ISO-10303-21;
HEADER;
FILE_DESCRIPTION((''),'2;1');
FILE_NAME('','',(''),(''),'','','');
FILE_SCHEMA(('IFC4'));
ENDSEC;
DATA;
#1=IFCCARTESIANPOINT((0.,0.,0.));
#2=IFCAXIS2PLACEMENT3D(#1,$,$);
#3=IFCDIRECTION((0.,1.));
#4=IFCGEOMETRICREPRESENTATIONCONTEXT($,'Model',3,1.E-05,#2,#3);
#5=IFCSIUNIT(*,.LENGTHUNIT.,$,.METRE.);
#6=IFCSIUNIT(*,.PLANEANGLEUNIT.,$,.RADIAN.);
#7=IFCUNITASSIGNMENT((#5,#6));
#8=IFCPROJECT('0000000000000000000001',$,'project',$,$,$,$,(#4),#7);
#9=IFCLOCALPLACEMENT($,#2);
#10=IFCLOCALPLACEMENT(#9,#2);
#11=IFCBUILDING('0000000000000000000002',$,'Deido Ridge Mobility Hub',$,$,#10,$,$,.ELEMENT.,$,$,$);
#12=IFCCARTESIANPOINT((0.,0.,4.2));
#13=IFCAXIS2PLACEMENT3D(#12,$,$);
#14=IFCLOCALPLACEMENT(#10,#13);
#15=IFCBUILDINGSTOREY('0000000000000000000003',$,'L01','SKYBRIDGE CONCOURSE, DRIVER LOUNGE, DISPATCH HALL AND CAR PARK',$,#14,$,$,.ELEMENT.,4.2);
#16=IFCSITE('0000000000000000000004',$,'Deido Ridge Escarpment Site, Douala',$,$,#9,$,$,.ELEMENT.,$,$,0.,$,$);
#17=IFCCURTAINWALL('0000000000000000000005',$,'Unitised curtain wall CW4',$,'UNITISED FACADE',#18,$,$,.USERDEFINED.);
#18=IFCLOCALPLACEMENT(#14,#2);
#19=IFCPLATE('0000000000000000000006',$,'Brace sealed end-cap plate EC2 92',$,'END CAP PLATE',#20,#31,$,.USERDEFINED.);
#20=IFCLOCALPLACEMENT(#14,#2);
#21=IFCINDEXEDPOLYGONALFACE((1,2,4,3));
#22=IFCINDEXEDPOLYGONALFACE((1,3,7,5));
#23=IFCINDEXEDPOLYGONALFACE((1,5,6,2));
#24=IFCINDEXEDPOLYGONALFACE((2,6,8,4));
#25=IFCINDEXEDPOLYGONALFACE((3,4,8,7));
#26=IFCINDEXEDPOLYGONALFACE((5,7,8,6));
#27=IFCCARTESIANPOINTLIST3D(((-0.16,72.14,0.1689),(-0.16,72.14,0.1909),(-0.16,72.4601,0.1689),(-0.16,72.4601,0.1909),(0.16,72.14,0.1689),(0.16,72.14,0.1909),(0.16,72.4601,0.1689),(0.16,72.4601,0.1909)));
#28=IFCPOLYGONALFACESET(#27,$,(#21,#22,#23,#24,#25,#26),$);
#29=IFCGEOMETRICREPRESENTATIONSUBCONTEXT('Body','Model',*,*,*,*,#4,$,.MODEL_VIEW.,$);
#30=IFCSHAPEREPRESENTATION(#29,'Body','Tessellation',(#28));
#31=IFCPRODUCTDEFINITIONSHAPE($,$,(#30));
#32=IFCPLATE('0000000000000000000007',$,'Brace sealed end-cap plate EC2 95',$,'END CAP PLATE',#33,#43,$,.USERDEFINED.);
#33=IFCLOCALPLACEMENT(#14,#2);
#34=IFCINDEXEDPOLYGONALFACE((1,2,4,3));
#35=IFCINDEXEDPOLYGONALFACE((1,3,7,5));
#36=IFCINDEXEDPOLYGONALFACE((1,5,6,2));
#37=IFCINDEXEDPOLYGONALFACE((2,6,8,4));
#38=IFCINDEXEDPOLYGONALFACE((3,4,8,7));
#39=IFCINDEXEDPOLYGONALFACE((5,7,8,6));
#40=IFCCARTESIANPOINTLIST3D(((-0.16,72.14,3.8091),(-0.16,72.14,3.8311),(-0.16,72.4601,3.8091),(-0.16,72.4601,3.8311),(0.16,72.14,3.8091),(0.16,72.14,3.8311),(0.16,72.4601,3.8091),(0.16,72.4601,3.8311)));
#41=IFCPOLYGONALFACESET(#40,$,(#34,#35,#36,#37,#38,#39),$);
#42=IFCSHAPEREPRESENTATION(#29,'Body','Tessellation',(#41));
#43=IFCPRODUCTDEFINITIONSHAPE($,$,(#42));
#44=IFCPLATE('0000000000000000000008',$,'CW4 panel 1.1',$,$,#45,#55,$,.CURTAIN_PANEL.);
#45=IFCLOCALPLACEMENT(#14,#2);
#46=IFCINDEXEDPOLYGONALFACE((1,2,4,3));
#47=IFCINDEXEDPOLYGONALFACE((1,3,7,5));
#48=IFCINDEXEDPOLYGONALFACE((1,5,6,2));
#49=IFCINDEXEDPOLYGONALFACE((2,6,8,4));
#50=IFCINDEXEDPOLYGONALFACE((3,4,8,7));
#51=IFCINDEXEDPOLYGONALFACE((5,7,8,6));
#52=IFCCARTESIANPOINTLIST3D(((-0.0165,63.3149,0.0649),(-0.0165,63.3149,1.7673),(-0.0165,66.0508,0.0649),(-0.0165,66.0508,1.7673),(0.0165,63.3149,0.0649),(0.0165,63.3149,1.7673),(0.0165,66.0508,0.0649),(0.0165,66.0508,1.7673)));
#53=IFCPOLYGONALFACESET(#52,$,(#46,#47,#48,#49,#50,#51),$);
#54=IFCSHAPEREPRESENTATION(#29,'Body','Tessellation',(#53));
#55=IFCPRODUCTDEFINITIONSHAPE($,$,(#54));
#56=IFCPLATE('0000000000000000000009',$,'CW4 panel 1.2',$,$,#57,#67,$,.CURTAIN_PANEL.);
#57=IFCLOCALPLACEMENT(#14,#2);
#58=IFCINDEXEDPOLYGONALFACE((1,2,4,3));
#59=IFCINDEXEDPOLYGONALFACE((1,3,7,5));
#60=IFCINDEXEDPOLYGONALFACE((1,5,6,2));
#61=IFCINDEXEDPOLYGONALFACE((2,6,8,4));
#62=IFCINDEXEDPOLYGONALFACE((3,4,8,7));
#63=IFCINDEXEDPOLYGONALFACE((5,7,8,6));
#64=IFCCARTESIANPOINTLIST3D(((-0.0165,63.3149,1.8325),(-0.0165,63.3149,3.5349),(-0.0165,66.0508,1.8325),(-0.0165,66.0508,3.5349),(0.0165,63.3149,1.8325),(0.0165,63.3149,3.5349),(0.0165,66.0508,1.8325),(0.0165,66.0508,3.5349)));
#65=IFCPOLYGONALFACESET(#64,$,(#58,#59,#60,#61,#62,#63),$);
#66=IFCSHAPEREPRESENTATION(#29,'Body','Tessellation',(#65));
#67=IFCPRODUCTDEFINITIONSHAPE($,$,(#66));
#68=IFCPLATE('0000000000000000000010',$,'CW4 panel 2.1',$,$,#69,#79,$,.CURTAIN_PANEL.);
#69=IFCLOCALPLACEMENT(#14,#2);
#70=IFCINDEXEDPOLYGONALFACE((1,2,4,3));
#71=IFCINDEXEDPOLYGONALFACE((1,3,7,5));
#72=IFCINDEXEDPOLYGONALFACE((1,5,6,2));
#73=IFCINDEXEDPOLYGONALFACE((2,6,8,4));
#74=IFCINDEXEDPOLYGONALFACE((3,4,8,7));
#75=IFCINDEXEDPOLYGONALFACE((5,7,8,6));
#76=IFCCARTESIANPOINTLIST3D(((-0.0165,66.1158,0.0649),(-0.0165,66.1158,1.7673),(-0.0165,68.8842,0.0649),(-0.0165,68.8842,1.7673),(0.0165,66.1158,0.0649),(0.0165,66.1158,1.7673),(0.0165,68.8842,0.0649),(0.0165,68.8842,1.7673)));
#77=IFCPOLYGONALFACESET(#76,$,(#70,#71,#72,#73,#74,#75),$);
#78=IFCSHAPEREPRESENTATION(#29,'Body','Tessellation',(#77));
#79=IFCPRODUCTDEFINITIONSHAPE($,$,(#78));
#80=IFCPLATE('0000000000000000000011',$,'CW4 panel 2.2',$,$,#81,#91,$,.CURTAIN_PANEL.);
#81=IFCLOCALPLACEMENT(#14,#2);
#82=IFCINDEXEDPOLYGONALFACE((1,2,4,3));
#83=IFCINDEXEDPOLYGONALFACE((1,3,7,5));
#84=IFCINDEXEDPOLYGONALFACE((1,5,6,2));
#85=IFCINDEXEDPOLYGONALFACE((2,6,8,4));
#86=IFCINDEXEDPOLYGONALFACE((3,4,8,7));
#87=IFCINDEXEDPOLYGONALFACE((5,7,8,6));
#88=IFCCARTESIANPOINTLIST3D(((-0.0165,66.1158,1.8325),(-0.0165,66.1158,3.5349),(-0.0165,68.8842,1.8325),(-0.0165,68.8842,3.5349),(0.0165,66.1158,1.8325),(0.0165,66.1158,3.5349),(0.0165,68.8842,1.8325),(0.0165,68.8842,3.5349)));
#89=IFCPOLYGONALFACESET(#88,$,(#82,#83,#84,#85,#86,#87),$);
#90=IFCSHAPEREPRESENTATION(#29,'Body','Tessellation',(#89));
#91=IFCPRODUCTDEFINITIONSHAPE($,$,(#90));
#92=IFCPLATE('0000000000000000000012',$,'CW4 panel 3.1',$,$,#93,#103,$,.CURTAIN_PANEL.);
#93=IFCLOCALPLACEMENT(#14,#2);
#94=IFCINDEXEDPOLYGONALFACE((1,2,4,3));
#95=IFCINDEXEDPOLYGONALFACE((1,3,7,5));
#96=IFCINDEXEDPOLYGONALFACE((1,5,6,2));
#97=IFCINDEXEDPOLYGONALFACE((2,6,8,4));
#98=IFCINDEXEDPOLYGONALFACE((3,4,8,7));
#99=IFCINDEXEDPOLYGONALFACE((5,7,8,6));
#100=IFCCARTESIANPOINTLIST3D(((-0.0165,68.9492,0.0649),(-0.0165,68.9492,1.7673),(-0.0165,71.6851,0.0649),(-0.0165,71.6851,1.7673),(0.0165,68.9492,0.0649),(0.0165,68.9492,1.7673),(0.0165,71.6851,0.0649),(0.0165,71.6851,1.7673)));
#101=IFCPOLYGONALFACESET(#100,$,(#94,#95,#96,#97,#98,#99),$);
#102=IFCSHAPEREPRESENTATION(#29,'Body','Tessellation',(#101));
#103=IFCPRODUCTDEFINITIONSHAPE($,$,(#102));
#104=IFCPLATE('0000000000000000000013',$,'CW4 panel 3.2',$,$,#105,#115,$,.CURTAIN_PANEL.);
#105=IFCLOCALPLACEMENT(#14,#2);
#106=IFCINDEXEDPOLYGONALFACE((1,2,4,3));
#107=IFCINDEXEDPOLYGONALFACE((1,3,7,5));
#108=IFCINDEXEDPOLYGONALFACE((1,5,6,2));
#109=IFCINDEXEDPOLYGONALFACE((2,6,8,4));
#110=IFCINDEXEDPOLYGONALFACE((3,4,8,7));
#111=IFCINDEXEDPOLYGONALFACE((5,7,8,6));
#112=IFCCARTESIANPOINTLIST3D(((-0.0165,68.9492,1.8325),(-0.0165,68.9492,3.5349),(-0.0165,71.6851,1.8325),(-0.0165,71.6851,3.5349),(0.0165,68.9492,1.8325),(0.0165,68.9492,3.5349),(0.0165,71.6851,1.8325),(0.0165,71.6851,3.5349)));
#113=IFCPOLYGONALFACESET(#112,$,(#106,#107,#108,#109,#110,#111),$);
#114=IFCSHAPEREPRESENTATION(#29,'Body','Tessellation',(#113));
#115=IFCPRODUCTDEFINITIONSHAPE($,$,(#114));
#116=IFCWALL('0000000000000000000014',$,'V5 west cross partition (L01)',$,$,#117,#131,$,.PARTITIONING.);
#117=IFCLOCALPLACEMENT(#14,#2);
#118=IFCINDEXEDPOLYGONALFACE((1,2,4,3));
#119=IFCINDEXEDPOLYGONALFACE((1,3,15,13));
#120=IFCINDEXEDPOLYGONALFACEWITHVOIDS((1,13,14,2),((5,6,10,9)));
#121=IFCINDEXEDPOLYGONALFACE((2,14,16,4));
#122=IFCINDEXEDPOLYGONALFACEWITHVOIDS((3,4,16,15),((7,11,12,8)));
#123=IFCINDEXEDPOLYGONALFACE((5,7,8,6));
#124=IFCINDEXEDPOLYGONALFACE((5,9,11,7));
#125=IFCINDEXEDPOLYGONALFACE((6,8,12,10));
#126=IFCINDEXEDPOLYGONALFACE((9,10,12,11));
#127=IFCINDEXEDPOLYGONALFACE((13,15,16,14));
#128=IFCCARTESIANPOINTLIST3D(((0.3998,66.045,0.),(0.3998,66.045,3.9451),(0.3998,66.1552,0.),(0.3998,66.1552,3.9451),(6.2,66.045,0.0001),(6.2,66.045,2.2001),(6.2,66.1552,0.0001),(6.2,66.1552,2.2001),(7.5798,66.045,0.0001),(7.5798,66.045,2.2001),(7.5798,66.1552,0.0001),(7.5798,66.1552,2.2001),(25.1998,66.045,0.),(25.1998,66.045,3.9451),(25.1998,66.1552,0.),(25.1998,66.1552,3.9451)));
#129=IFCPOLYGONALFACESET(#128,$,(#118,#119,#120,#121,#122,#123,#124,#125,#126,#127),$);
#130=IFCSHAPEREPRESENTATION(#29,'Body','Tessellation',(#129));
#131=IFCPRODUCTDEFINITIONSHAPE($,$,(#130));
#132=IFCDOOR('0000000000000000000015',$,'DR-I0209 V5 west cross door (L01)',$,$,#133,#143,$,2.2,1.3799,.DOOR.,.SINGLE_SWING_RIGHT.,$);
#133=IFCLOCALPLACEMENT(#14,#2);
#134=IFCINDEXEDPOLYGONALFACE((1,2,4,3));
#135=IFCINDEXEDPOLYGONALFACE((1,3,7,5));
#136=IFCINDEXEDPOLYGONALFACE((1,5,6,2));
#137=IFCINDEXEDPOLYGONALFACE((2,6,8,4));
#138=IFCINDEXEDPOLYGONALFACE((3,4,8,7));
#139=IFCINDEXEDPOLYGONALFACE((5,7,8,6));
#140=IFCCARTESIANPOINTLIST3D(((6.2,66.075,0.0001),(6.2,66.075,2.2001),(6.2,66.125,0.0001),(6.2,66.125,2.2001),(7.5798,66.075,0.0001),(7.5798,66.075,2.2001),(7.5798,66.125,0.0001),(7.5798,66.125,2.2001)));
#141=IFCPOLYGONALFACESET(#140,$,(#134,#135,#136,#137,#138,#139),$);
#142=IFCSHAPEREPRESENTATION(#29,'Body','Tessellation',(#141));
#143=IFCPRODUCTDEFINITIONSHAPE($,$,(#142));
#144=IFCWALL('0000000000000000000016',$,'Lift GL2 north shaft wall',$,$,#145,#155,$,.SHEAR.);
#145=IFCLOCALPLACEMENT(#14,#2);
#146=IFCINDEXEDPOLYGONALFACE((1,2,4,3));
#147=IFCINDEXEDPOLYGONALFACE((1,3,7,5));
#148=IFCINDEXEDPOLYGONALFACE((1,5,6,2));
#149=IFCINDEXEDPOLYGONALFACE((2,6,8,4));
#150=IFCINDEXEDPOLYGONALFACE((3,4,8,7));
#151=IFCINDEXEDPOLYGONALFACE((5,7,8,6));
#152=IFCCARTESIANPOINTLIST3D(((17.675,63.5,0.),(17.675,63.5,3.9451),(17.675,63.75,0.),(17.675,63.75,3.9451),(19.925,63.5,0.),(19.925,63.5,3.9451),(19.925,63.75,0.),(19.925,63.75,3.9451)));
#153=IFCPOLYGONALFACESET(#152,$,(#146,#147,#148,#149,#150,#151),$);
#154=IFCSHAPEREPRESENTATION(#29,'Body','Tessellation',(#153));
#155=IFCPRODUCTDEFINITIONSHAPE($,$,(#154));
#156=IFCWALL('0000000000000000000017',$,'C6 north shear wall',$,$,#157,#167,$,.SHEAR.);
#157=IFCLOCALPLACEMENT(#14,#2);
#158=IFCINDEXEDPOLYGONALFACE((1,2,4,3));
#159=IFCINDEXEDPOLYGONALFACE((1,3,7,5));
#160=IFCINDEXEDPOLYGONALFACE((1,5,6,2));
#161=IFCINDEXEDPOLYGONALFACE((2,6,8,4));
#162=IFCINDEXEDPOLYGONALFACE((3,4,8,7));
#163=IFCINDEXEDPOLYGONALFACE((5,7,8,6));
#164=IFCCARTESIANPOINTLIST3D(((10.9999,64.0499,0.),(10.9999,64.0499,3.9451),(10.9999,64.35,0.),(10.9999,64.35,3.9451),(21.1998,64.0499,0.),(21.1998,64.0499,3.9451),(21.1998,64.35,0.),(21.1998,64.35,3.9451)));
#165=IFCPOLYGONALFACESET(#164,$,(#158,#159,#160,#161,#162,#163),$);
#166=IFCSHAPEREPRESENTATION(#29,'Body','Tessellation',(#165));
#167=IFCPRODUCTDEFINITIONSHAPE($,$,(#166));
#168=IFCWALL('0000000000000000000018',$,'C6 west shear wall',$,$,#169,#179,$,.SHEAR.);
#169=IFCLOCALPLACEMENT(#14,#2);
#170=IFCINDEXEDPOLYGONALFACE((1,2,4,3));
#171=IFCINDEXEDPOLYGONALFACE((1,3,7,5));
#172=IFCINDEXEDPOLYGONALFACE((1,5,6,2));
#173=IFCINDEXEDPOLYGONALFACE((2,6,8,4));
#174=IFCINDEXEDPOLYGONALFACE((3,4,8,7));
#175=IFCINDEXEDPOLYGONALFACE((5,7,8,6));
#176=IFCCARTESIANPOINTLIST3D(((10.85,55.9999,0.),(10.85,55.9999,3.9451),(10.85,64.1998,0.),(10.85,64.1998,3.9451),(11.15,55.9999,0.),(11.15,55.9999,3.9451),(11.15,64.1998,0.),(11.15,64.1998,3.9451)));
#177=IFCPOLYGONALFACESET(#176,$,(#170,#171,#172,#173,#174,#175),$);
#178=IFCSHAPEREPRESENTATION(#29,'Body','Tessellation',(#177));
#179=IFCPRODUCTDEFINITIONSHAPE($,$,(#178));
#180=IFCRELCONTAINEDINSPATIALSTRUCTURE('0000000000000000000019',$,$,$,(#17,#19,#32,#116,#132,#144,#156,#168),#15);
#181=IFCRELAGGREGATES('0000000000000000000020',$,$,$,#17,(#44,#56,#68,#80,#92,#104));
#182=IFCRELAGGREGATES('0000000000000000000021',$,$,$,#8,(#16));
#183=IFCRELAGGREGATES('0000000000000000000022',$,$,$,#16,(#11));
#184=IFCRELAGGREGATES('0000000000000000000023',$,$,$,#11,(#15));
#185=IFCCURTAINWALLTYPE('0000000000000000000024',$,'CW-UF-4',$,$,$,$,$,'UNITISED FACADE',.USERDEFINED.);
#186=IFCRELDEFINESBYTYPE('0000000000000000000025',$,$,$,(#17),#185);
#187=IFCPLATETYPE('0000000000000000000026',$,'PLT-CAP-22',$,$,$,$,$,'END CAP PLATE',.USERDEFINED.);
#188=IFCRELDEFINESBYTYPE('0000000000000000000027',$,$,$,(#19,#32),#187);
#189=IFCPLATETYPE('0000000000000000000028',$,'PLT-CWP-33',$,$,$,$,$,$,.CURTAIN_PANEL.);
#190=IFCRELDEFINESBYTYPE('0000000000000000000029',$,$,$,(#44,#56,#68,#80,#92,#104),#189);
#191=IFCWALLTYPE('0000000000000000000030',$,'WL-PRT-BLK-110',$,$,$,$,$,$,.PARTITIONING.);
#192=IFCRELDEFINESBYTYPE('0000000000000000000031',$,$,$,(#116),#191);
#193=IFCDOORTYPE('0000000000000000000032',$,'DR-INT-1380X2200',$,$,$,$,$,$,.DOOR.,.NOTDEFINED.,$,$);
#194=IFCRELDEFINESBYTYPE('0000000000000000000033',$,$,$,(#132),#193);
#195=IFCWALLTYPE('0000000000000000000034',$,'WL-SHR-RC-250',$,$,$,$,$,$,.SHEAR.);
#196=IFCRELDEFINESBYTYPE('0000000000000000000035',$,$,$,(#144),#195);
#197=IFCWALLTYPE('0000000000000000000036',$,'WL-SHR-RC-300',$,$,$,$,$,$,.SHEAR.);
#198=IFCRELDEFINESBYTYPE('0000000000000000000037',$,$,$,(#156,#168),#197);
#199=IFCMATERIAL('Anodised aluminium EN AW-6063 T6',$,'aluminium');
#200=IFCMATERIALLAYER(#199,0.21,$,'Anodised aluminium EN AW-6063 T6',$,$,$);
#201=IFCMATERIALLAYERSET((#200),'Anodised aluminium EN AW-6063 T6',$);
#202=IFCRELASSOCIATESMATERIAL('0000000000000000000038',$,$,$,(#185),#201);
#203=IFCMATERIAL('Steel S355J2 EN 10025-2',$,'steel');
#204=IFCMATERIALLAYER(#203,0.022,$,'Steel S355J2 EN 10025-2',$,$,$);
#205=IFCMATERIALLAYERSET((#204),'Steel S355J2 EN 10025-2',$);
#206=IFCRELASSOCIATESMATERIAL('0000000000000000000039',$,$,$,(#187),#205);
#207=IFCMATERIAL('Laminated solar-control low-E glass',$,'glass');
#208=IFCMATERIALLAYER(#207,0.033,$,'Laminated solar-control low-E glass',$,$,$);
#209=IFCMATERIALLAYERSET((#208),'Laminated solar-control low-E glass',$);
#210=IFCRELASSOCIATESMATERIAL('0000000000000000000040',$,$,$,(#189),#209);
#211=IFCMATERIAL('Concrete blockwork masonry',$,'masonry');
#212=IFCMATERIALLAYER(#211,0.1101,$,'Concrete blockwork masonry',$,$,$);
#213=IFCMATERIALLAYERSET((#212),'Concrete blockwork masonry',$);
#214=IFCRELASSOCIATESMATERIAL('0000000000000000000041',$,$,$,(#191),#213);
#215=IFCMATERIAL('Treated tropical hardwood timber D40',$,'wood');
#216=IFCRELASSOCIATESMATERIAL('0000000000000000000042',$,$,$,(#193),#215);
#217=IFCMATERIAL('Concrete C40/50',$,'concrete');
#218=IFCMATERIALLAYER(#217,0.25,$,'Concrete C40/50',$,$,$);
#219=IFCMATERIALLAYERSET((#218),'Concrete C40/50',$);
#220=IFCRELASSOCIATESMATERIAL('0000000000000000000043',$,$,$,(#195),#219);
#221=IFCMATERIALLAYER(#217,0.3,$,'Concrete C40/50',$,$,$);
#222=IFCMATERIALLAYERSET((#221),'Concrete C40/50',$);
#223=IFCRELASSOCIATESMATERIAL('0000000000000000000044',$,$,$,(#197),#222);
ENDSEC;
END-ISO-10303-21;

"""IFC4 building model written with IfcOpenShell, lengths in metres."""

from ifc_helpers import new_model, si_unit, direction, frame, frame_2d, origin, origin_2d, place, context, subcontext, project, spatial, rectangle, extrude, material, layer, layer_set, type_object, element, fill, aggregate, save


model = new_model("IFC4")

# Units and contexts
model_context = context("Model", 3, precision=1e-05, world=origin(), true_north=direction((0.0, 1.0)))
body_context = subcontext(model_context, "Body", "Model", "MODEL_VIEW")
ifc_project = project(units=[si_unit("LENGTHUNIT", "METRE"), si_unit("PLANEANGLEUNIT", "RADIAN")], contexts=[model_context])

# Site, building, storey
site_placement = place(None, origin())
site = spatial("IfcSite", under=ifc_project, at=site_placement, Name="Deido Ridge Escarpment Site, Douala", CompositionType="ELEMENT", RefElevation=0.0)
building_placement = place(site_placement, origin())
building = spatial("IfcBuilding", under=site, at=building_placement, Name="Deido Ridge Mobility Hub", CompositionType="ELEMENT")
storey_placement = place(building_placement, frame((0.0, 0.0, 4.2)))
storey = spatial("IfcBuildingStorey", under=building, at=storey_placement, Name="L01", Description="SKYBRIDGE CONCOURSE, DRIVER LOUNGE, DISPATCH HALL AND CAR PARK", CompositionType="ELEMENT", Elevation=4.2)

# Shared definitions
ifc_material_1 = material(Name="Steel S355J2 EN 10025-2", Category="steel")

# Curtain wall
ifc_material_2 = material(Name="Anodised aluminium EN AW-6063 T6", Category="aluminium")
ifc_layer_1 = layer(ifc_material_2, 0.21, Name="Anodised aluminium EN AW-6063 T6")
ifc_layer_set_1 = layer_set([ifc_layer_1], Name="Anodised aluminium EN AW-6063 T6")
curtain_wall_type = type_object("IfcCurtainWallType", Name="CW-UF-4", ElementType="UNITISED FACADE", PredefinedType="USERDEFINED", material=ifc_layer_set_1)
curtain_wall_placement = place(storey_placement, origin())
curtain_wall = element("IfcCurtainWall", 1, at=curtain_wall_placement, inside=storey, type_object=curtain_wall_type, Name="Unitised curtain wall CW4", ObjectType="UNITISED FACADE", PredefinedType="USERDEFINED")

# Plates
ifc_layer_2 = layer(ifc_material_1, 0.022, Name="Steel S355J2 EN 10025-2")
ifc_layer_set_2 = layer_set([ifc_layer_2], Name="Steel S355J2 EN 10025-2")
plate_type_1 = type_object("IfcPlateType", Name="PLT-CAP-22", ElementType="END CAP PLATE", PredefinedType="USERDEFINED", material=ifc_layer_set_2)
for number, where, z_axis, x_axis, name in (
    (2, (0.0, 72.3, 0.1689), (0.0, 0.0, 1.0), (1.0, 0.0, 0.0), "Brace sealed end-cap plate EC2 92"),
    (3, (0.0, 72.3, 3.8091), (0.0, 0.0, 1.0), (1.0, 0.0, 0.0), "Brace sealed end-cap plate EC2 95"),
):
    element("IfcPlate", number, at=place(storey_placement, frame(where, z_axis=z_axis, x_axis=x_axis)), inside=storey, type_object=plate_type_1, Name=name, ObjectType="END CAP PLATE", PredefinedType="USERDEFINED", context=body_context, shape_type="SweptSolid", body=[
        extrude(rectangle(XDim=0.3201, YDim=0.3201, at=origin_2d()), origin(), (0.0, 0.0, 1.0), 0.022),
    ])

# Plates
ifc_material_3 = material(Name="Laminated solar-control low-E glass", Category="glass")
ifc_layer_3 = layer(ifc_material_3, 0.033, Name="Laminated solar-control low-E glass")
ifc_layer_set_3 = layer_set([ifc_layer_3], Name="Laminated solar-control low-E glass")
plate_type_2 = type_object("IfcPlateType", Name="PLT-CWP-33", PredefinedType="CURTAIN_PANEL", material=ifc_layer_set_3)
plate_1_placement = place(storey_placement, frame((0.0, 64.6829, 0.0649), z_axis=(0.0, 0.0, 1.0), x_axis=(0.0, 1.0, 0.0)))
plate_1 = element("IfcPlate", 4, at=plate_1_placement, type_object=plate_type_2, Name="CW4 panel 1.1", PredefinedType="CURTAIN_PANEL", context=body_context, shape_type="SweptSolid", body=[
    extrude(rectangle(XDim=2.7358, YDim=0.033, at=origin_2d()), origin(), (0.0, 0.0, 1.0), 1.7024),
])
plate_2_placement = place(storey_placement, frame((0.0, 64.6829, 1.8325), z_axis=(0.0, 0.0, 1.0), x_axis=(0.0, 1.0, 0.0)))
plate_2 = element("IfcPlate", 5, at=plate_2_placement, type_object=plate_type_2, Name="CW4 panel 1.2", PredefinedType="CURTAIN_PANEL", context=body_context, shape_type="SweptSolid", body=[
    extrude(rectangle(XDim=2.7358, YDim=0.033, at=origin_2d()), origin(), (0.0, 0.0, 1.0), 1.7024),
])
plate_3_placement = place(storey_placement, frame((0.0, 67.5, 0.0649), z_axis=(0.0, 0.0, 1.0), x_axis=(0.0, 1.0, 0.0)))
plate_3 = element("IfcPlate", 6, at=plate_3_placement, type_object=plate_type_2, Name="CW4 panel 2.1", PredefinedType="CURTAIN_PANEL", context=body_context, shape_type="SweptSolid", body=[
    extrude(rectangle(XDim=2.7683, YDim=0.033, at=origin_2d()), origin(), (0.0, 0.0, 1.0), 1.7024),
])
plate_4_placement = place(storey_placement, frame((0.0, 67.5, 1.8325), z_axis=(0.0, 0.0, 1.0), x_axis=(0.0, 1.0, 0.0)))
plate_4 = element("IfcPlate", 7, at=plate_4_placement, type_object=plate_type_2, Name="CW4 panel 2.2", PredefinedType="CURTAIN_PANEL", context=body_context, shape_type="SweptSolid", body=[
    extrude(rectangle(XDim=2.7683, YDim=0.033, at=origin_2d()), origin(), (0.0, 0.0, 1.0), 1.7024),
])
plate_5_placement = place(storey_placement, frame((0.0, 70.3171, 0.0649), z_axis=(0.0, 0.0, 1.0), x_axis=(0.0, 1.0, 0.0)))
plate_5 = element("IfcPlate", 8, at=plate_5_placement, type_object=plate_type_2, Name="CW4 panel 3.1", PredefinedType="CURTAIN_PANEL", context=body_context, shape_type="SweptSolid", body=[
    extrude(rectangle(XDim=2.7358, YDim=0.033, at=origin_2d()), origin(), (0.0, 0.0, 1.0), 1.7024),
])
plate_6_placement = place(storey_placement, frame((0.0, 70.3171, 1.8325), z_axis=(0.0, 0.0, 1.0), x_axis=(0.0, 1.0, 0.0)))
plate_6 = element("IfcPlate", 9, at=plate_6_placement, type_object=plate_type_2, Name="CW4 panel 3.2", PredefinedType="CURTAIN_PANEL", context=body_context, shape_type="SweptSolid", body=[
    extrude(rectangle(XDim=2.7358, YDim=0.033, at=origin_2d()), origin(), (0.0, 0.0, 1.0), 1.7024),
])
aggregate(curtain_wall, [plate_1, plate_2, plate_3, plate_4, plate_5, plate_6])

# Wall, opening, door
ifc_material_4 = material(Name="Concrete blockwork masonry", Category="masonry")
ifc_layer_4 = layer(ifc_material_4, 0.1101, Name="Concrete blockwork masonry")
ifc_layer_set_4 = layer_set([ifc_layer_4], Name="Concrete blockwork masonry")
wall_type_1 = type_object("IfcWallType", Name="WL-PRT-BLK-110", PredefinedType="PARTITIONING", material=ifc_layer_set_4)
wall_1_placement = place(storey_placement, frame((0.3999, 66.1001, 0.0), z_axis=(0.0, 0.0, 1.0), x_axis=(1.0, 0.0, 0.0)))
wall_1 = element("IfcWall", 10, at=wall_1_placement, inside=storey, type_object=wall_type_1, Name="V5 west cross partition (L01)", PredefinedType="PARTITIONING", context=body_context, shape_type="SweptSolid", body=[
    extrude(rectangle(XDim=24.8, YDim=0.1101, at=frame_2d((12.3999, 0.0))), origin(), (0.0, 0.0, 1.0), 3.9451),
])
opening_placement = place(wall_1_placement, frame((5.8, 0.0, 0.0)))
opening = element("IfcOpeningElement", 11, at=opening_placement, cuts=wall_1, PredefinedType="OPENING", context=body_context, shape_type="SweptSolid", body=[
    extrude(rectangle(XDim=1.3799, YDim=2.2, at=frame_2d((0.6899, 1.1001))), frame((0.0, 0.0649, 0.0), z_axis=(0.0, -1.0, 0.0), x_axis=(1.0, 0.0, 0.0)), (0.0, 0.0, 1.0), 0.1301),
])
ifc_material_5 = material(Name="Treated tropical hardwood timber D40", Category="wood")
door_type = type_object("IfcDoorType", Name="DR-INT-1380X2200", OperationType="NOTDEFINED", PredefinedType="DOOR", material=ifc_material_5)
door_placement = place(opening_placement, origin())
door = element("IfcDoor", 12, at=door_placement, inside=storey, type_object=door_type, Name="DR-I0209 V5 west cross door (L01)", OperationType="SINGLE_SWING_RIGHT", OverallHeight=2.2, OverallWidth=1.3799, PredefinedType="DOOR", context=body_context, shape_type="SweptSolid", body=[
    extrude(rectangle(XDim=1.3799, YDim=2.2, at=frame_2d((0.6899, 1.1001))), frame((0.0, 0.0249, 0.0), z_axis=(0.0, -1.0, 0.0), x_axis=(1.0, 0.0, 0.0)), (0.0, 0.0, 1.0), 0.05),
])
fill(opening, door)

# Walls
ifc_material_6 = material(Name="Concrete C40/50", Category="concrete")
ifc_layer_5 = layer(ifc_material_6, 0.25, Name="Concrete C40/50")
ifc_layer_set_5 = layer_set([ifc_layer_5], Name="Concrete C40/50")
wall_type_2 = type_object("IfcWallType", Name="WL-SHR-RC-250", PredefinedType="SHEAR", material=ifc_layer_set_5)
wall_2_placement = place(storey_placement, frame((17.675, 63.625, 0.0), z_axis=(0.0, 0.0, 1.0), x_axis=(1.0, 0.0, 0.0)))
element("IfcWall", 13, at=wall_2_placement, inside=storey, type_object=wall_type_2, Name="Lift GL2 north shaft wall", PredefinedType="SHEAR", context=body_context, shape_type="SweptSolid", body=[
    extrude(rectangle(XDim=2.25, YDim=0.25, at=frame_2d((1.125, 0.0))), origin(), (0.0, 0.0, 1.0), 3.9451),
])
ifc_layer_6 = layer(ifc_material_6, 0.3, Name="Concrete C40/50")
ifc_layer_set_6 = layer_set([ifc_layer_6], Name="Concrete C40/50")
wall_type_3 = type_object("IfcWallType", Name="WL-SHR-RC-300", PredefinedType="SHEAR", material=ifc_layer_set_6)
wall_3_placement = place(storey_placement, frame((21.2, 64.2, 0.0), z_axis=(0.0, 0.0, 1.0), x_axis=(-1.0, 0.0, 0.0)))
element("IfcWall", 14, at=wall_3_placement, inside=storey, type_object=wall_type_3, Name="C6 north shear wall", PredefinedType="SHEAR", context=body_context, shape_type="SweptSolid", body=[
    extrude(rectangle(XDim=10.2, YDim=0.3, at=frame_2d((5.1001, 0.0))), origin(), (0.0, 0.0, 1.0), 3.9451),
])
wall_4_placement = place(storey_placement, frame((11.0, 64.2, 0.0), z_axis=(0.0, 0.0, 1.0), x_axis=(0.0, -1.0, 0.0)))
element("IfcWall", 15, at=wall_4_placement, inside=storey, type_object=wall_type_3, Name="C6 west shear wall", PredefinedType="SHEAR", context=body_context, shape_type="SweptSolid", body=[
    extrude(rectangle(XDim=8.2, YDim=0.3, at=frame_2d((4.1001, 0.0))), origin(), (0.0, 0.0, 1.0), 3.9451),
])

save(model, "model.ifc")
